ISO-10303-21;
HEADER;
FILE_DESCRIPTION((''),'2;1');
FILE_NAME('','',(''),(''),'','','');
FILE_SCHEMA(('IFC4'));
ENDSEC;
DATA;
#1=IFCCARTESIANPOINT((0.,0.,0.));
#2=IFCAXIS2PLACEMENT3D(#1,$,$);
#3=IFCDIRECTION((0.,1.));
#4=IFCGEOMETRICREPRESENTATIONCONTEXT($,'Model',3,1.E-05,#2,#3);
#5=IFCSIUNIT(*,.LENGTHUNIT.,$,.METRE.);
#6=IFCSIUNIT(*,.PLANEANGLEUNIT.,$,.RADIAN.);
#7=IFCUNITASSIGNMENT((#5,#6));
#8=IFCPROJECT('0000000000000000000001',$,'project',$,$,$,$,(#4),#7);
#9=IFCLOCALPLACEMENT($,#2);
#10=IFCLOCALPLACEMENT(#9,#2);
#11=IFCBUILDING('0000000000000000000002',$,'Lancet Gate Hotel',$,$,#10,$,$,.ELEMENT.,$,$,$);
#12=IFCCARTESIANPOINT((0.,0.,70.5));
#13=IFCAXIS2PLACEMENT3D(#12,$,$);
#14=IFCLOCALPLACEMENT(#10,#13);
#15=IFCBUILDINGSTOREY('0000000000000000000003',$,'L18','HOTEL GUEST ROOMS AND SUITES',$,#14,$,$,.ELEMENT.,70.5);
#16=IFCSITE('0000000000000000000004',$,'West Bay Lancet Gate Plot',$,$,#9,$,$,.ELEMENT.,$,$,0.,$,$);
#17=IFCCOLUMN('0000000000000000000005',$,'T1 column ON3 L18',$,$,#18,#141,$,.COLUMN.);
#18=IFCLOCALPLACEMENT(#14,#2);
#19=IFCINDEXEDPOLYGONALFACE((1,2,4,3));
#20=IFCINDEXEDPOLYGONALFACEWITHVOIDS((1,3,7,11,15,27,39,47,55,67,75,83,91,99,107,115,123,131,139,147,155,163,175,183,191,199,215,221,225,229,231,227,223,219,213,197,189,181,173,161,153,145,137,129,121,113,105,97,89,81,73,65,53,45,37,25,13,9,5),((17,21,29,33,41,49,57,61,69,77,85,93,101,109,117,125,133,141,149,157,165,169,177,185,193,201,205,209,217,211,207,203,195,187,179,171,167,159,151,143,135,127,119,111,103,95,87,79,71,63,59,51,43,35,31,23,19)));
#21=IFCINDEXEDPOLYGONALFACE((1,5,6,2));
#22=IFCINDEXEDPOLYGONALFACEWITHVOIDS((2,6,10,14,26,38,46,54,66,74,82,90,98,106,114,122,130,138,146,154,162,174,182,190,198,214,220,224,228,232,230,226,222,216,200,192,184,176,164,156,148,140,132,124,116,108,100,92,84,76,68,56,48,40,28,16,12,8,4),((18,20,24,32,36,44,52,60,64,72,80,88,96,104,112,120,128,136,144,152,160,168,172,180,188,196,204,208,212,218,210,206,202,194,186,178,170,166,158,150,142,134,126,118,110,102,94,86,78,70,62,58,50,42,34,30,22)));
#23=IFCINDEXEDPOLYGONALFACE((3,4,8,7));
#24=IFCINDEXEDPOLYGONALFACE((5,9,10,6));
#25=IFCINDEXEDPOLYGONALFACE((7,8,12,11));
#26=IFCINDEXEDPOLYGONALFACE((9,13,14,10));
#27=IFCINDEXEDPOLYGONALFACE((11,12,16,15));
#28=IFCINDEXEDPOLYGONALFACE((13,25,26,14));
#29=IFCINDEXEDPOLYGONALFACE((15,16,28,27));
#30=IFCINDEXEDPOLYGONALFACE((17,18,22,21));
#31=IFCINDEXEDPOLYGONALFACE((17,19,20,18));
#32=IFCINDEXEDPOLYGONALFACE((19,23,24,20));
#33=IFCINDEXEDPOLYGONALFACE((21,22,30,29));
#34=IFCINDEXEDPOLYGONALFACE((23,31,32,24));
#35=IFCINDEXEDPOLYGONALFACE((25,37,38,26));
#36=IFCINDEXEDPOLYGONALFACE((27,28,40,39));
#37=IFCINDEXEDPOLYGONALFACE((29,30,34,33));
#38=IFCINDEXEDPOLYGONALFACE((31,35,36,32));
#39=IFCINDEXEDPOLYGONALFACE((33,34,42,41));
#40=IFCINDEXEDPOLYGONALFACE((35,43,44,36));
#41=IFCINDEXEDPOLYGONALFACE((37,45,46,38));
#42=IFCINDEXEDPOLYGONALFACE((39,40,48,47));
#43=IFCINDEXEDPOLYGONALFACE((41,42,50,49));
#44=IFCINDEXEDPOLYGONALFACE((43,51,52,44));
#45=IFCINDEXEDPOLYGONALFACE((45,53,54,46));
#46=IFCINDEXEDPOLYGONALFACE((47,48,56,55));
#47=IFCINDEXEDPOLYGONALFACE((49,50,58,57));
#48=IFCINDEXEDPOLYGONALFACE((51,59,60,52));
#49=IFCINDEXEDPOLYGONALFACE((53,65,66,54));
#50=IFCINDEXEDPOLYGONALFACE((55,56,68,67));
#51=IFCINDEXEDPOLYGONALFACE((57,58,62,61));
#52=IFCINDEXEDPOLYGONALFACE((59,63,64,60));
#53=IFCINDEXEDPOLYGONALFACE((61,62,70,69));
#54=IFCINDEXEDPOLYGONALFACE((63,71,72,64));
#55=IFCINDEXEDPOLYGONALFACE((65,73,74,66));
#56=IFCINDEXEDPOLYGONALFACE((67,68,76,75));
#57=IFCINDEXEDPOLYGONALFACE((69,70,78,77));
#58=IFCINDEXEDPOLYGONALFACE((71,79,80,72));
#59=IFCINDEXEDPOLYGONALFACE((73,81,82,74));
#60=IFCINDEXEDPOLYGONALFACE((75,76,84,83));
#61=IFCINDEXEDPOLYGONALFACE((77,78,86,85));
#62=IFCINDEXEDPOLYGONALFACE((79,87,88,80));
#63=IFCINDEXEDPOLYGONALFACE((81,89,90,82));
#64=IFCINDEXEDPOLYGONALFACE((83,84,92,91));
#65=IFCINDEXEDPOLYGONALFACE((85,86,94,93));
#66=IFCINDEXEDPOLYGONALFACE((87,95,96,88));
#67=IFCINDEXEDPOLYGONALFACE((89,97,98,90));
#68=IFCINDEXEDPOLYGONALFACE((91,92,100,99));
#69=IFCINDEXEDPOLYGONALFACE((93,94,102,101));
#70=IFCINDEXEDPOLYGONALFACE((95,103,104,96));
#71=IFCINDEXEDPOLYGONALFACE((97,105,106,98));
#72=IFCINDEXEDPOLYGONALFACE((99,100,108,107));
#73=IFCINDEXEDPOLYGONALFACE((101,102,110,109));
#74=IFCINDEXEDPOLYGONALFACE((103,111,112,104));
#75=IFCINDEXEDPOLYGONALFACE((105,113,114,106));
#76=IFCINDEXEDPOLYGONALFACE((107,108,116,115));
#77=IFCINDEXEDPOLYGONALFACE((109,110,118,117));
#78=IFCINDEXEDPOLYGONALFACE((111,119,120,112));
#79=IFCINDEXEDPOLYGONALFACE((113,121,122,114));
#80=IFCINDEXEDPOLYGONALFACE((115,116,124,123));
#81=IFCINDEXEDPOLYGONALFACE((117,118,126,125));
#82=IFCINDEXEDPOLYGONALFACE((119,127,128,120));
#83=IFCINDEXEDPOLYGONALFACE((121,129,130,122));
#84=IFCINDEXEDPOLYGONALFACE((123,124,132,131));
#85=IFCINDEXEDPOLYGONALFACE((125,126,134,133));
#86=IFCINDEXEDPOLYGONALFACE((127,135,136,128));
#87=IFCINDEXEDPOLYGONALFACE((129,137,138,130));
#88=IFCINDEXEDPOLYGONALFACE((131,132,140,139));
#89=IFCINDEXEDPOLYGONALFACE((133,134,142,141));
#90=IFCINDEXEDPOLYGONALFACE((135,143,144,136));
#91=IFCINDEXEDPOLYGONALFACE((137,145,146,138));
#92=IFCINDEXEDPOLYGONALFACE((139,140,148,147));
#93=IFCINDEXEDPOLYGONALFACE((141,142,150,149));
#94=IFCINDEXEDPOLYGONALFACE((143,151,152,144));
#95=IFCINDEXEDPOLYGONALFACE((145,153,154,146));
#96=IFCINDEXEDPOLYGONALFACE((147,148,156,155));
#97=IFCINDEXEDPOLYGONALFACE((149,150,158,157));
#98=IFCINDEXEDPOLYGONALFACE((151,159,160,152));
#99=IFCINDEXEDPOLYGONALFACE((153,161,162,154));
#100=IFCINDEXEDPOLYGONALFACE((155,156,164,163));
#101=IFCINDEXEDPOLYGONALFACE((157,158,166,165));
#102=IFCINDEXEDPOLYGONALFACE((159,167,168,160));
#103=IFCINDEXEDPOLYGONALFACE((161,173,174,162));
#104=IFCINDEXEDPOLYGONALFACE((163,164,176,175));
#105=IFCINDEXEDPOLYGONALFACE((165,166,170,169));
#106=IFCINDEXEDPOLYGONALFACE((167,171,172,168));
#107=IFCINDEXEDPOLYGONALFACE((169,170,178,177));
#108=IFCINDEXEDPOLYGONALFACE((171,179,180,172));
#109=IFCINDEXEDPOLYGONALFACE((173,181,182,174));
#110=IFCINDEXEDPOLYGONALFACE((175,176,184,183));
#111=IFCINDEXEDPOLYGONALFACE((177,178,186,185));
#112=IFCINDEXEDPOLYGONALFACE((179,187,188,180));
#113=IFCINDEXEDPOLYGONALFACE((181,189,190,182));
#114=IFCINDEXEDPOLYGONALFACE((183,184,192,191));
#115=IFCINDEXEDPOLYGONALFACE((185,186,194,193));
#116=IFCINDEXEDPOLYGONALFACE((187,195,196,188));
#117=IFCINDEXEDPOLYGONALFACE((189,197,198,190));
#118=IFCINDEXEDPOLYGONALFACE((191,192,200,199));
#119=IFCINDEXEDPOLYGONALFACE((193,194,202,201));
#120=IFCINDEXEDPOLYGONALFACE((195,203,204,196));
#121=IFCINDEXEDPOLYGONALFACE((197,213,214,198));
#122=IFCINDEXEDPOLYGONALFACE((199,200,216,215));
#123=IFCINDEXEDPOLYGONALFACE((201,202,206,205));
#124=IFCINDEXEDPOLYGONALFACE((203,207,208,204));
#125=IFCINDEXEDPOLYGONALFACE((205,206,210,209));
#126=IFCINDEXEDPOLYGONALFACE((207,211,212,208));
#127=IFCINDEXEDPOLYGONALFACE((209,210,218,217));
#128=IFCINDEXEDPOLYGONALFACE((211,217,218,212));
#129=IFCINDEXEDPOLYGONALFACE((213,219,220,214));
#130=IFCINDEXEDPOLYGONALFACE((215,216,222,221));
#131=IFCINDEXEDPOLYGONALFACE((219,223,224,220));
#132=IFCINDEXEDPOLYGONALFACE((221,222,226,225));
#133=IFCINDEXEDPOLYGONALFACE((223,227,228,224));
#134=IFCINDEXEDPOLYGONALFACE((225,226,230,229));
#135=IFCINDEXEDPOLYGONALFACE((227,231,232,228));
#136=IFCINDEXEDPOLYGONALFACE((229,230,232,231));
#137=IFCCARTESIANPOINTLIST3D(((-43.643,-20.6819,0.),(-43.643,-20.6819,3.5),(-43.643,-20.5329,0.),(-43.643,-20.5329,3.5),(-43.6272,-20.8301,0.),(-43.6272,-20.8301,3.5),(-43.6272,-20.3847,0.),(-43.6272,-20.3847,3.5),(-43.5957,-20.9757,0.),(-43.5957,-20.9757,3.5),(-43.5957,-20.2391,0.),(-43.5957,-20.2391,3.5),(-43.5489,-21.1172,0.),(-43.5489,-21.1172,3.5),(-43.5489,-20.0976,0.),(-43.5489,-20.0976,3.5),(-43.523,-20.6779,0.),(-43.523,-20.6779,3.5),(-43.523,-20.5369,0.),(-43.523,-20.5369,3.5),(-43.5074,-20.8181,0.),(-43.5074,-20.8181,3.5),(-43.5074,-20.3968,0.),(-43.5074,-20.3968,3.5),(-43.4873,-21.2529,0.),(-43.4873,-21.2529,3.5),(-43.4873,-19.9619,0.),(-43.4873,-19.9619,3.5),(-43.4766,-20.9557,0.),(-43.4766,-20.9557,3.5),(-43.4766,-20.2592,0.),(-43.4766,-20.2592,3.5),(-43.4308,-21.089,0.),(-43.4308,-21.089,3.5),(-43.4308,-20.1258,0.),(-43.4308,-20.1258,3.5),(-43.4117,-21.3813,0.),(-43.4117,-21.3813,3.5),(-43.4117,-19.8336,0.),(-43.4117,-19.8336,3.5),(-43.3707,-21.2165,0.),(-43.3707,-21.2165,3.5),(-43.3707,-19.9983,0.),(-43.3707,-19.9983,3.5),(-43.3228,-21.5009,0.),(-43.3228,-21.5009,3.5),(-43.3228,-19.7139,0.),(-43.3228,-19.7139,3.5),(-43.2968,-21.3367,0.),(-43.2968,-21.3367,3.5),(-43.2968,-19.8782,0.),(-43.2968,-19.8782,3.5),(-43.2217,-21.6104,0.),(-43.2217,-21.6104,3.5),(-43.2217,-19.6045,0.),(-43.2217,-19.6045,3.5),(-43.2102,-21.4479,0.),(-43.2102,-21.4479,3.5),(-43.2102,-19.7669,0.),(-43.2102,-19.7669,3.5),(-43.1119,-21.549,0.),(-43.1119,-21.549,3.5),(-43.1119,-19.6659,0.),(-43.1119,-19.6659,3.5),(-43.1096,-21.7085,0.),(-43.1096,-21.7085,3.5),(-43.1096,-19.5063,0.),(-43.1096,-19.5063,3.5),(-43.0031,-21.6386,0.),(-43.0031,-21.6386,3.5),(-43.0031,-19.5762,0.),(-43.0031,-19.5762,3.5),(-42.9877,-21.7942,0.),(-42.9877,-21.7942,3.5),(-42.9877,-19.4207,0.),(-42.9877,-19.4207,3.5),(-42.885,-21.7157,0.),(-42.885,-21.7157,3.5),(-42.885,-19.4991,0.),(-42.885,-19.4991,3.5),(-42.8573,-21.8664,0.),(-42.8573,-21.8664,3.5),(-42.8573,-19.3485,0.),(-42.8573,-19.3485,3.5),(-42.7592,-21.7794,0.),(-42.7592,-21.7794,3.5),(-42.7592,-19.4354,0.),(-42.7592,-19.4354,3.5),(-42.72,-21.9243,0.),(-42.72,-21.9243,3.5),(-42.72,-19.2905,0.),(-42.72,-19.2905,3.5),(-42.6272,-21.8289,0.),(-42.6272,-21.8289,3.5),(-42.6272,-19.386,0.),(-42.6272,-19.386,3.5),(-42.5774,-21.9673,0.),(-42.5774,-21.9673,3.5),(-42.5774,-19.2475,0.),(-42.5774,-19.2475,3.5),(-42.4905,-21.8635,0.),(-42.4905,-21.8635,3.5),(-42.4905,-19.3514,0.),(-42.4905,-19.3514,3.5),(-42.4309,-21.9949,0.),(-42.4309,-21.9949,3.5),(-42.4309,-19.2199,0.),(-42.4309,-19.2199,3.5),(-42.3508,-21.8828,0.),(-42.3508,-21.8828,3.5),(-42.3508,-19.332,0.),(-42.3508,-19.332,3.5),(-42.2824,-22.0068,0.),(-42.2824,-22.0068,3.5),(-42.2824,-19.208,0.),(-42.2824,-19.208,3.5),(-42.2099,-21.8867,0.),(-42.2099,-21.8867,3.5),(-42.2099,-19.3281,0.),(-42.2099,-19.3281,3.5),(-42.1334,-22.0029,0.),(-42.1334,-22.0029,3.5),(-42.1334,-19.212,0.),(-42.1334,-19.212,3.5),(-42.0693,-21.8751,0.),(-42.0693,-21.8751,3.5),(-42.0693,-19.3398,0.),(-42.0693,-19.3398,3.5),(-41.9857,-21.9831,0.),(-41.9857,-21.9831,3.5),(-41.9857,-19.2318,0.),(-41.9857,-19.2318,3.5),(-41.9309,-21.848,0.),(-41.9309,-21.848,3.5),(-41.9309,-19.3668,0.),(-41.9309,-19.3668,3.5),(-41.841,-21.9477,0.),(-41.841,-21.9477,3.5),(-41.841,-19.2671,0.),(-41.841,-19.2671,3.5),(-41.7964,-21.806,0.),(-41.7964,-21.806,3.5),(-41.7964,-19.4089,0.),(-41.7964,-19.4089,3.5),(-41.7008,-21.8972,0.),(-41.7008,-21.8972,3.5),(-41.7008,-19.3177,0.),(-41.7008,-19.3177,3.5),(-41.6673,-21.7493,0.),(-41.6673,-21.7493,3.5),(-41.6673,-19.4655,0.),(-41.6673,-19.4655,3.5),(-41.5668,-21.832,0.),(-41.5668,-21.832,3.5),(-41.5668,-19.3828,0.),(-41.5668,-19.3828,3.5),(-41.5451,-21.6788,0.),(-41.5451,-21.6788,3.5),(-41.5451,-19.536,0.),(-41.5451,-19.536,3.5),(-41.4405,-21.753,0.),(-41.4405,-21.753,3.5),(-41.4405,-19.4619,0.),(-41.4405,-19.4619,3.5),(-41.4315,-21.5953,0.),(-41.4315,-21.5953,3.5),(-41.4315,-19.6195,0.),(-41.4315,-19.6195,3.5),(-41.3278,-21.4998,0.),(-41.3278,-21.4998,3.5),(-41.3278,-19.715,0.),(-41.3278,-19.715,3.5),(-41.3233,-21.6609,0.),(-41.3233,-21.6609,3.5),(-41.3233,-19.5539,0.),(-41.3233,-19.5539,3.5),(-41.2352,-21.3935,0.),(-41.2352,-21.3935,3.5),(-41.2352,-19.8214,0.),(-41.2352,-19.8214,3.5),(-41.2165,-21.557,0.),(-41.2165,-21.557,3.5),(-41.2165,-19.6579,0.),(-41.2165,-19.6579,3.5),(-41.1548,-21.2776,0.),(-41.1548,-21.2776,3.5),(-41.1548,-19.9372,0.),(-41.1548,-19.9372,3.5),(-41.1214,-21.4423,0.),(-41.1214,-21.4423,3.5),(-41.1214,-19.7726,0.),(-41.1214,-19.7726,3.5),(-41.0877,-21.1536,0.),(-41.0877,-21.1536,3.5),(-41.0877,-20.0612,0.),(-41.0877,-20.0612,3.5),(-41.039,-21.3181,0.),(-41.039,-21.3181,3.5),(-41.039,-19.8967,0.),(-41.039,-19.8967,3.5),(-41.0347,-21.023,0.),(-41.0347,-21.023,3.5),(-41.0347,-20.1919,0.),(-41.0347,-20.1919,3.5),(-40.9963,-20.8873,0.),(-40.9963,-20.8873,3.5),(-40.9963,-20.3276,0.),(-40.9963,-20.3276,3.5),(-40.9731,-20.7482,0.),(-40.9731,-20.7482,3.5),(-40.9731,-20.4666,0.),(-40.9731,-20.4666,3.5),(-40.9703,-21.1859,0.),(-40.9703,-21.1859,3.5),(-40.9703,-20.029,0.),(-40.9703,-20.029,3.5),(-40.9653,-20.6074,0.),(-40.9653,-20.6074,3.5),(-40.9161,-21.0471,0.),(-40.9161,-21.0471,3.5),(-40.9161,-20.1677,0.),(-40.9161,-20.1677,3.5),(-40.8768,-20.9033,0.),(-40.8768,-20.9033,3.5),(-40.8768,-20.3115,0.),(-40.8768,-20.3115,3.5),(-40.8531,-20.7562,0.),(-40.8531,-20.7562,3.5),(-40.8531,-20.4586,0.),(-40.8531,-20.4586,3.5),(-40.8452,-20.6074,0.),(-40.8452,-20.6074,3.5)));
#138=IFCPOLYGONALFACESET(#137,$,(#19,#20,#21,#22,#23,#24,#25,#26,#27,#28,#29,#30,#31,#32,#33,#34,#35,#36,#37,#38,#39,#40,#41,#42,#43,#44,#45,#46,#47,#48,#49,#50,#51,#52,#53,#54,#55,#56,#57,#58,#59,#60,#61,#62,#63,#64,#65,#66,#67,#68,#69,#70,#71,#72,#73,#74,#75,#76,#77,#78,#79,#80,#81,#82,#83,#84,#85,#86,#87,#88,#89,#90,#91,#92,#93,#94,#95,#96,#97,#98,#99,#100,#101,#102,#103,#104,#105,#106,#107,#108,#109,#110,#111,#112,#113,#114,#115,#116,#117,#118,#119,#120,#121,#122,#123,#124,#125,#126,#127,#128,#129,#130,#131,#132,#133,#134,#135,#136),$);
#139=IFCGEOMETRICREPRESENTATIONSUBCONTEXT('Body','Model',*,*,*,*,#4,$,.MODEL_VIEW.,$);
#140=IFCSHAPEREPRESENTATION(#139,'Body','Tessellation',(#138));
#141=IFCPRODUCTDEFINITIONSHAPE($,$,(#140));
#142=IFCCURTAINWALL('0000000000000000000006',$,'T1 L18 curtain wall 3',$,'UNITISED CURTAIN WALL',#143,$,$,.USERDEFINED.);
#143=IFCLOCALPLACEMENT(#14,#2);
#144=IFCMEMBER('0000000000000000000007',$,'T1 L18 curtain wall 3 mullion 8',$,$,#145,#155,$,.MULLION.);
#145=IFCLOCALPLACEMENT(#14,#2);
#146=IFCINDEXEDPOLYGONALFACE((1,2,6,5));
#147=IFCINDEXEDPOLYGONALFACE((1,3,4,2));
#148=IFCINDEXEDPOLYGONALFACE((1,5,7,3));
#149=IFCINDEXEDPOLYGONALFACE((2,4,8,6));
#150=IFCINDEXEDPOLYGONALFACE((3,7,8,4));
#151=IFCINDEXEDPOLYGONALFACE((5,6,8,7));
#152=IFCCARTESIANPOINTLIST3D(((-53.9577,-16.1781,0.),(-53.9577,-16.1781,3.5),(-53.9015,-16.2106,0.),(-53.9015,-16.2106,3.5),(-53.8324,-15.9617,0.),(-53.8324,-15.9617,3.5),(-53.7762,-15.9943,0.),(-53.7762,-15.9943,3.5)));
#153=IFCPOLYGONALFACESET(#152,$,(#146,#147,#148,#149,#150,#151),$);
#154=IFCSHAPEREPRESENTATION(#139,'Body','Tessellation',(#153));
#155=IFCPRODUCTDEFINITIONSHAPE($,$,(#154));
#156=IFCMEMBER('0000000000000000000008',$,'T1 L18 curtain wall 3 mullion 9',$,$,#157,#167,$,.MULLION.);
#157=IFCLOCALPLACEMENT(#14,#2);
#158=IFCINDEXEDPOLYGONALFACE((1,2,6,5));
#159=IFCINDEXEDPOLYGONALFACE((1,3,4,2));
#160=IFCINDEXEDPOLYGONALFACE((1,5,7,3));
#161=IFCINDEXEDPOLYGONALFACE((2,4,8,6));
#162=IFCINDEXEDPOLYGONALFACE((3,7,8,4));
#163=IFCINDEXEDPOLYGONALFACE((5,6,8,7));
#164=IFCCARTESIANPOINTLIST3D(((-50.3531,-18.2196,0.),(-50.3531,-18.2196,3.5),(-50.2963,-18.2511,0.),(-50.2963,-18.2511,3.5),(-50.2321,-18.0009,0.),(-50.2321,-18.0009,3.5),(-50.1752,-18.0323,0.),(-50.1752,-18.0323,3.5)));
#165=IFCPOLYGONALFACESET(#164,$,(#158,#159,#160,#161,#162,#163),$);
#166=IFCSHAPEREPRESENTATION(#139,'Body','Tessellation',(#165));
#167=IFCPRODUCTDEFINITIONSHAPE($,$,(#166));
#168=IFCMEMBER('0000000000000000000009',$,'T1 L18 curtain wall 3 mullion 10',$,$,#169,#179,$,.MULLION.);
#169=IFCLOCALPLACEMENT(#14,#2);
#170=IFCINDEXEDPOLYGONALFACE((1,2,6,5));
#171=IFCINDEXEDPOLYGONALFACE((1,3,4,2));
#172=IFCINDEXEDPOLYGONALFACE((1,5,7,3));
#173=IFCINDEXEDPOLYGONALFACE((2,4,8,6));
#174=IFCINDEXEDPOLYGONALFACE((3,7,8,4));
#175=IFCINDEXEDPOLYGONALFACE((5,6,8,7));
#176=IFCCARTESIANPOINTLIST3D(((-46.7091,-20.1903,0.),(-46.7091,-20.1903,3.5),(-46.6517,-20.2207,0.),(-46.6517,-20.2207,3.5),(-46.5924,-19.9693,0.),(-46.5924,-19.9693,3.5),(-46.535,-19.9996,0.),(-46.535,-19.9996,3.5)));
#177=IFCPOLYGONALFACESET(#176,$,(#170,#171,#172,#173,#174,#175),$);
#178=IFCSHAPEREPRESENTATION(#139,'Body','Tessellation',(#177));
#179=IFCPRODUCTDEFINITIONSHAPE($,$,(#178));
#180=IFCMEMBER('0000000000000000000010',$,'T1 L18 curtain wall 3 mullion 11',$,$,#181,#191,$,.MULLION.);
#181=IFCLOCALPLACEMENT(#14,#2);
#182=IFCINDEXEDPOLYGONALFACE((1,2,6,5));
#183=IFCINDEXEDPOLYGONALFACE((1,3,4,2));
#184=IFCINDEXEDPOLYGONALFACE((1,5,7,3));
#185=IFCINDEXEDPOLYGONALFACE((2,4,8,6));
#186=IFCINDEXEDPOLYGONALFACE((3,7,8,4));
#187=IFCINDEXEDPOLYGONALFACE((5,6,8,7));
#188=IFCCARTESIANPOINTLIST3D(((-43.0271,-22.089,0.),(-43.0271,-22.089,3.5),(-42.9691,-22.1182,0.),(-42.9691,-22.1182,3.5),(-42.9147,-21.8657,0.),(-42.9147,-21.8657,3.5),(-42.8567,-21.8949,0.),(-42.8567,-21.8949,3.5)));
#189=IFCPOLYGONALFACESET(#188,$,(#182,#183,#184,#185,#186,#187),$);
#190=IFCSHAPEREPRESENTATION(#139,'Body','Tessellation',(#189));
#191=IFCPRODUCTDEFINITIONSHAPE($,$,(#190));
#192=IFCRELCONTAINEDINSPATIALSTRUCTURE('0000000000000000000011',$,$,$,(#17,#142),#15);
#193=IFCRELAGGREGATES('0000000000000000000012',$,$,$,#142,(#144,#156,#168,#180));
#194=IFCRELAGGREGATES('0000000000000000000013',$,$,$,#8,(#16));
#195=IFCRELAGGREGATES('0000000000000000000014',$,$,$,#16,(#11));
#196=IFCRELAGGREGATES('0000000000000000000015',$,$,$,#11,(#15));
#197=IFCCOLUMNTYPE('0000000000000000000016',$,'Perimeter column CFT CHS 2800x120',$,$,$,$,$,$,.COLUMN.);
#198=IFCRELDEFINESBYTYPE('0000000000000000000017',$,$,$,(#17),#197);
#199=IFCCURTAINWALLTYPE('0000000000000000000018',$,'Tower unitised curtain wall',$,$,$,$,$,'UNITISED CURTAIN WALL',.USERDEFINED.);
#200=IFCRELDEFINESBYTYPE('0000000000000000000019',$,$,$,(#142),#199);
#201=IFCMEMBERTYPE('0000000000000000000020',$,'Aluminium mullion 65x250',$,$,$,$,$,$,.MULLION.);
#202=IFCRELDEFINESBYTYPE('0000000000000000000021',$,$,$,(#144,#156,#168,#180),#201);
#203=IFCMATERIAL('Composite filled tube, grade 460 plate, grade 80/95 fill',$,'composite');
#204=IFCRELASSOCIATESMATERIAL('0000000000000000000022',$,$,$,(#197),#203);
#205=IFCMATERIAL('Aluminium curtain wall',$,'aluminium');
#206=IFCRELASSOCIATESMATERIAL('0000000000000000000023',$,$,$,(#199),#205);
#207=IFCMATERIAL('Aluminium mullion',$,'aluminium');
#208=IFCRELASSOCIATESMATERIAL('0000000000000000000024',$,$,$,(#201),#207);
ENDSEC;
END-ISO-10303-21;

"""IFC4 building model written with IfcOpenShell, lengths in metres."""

from ifc_helpers import new_model, si_unit, direction, frame, origin, origin_2d, place, context, subcontext, project, spatial, rectangle, hollow_circle, extrude, material, material_profile, profile_set, type_object, element, aggregate, save


model = new_model("IFC4")

# Units and contexts
model_context = context("Model", 3, precision=1e-05, world=origin(), true_north=direction((0.0, 1.0)))
body_context = subcontext(model_context, "Body", "Model", "MODEL_VIEW")
ifc_project = project(units=[si_unit("LENGTHUNIT", "METRE"), si_unit("PLANEANGLEUNIT", "RADIAN")], contexts=[model_context])

# Site, building, storey
site_placement = place(None, origin())
site = spatial("IfcSite", under=ifc_project, at=site_placement, Name="West Bay Lancet Gate Plot", CompositionType="ELEMENT", RefElevation=0.0)
building_placement = place(site_placement, origin())
building = spatial("IfcBuilding", under=site, at=building_placement, Name="Lancet Gate Hotel", CompositionType="ELEMENT")
storey_placement = place(building_placement, frame((0.0, 0.0, 70.5)))
storey = spatial("IfcBuildingStorey", under=building, at=storey_placement, Name="L18", Description="HOTEL GUEST ROOMS AND SUITES", CompositionType="ELEMENT", Elevation=70.5)

# Column
ifc_material_1 = material(Name="Composite filled tube, grade 460 plate, grade 80/95 fill", Category="composite")
ifc_material_profile_1 = material_profile(ifc_material_1, hollow_circle(Radius=1.3999, WallThickness=0.1201, at=origin_2d()), Name="CHS 2800x120")
ifc_profile_set_1 = profile_set([ifc_material_profile_1], Name="Composite filled tube, grade 460 plate, grade 80/95 fill")
column_type = type_object("IfcColumnType", Name="Perimeter column CFT CHS 2800x120", PredefinedType="COLUMN", material=ifc_profile_set_1)
for number, where, z_axis, x_axis, name in (
    (1, (-42.2451, -20.6074, 0.0), (0.0, 0.0, 1.0), (1.0, 0.0, 0.0), "T1 column ON3 L18"),
):
    element("IfcColumn", number, at=place(storey_placement, frame(where, z_axis=z_axis, x_axis=x_axis)), inside=storey, type_object=column_type, Name=name, PredefinedType="COLUMN", context=body_context, shape_type="SweptSolid", body=[
        extrude(hollow_circle(Radius=1.3999, WallThickness=0.1201, at=origin_2d()), origin(), (0.0, 0.0, 1.0), 3.5),
    ])

# Curtain wall, members
ifc_material_2 = material(Name="Aluminium curtain wall", Category="aluminium")
curtain_wall_type = type_object("IfcCurtainWallType", Name="Tower unitised curtain wall", ElementType="UNITISED CURTAIN WALL", PredefinedType="USERDEFINED", material=ifc_material_2)
curtain_wall_placement = place(storey_placement, origin())
curtain_wall = element("IfcCurtainWall", 2, at=curtain_wall_placement, inside=storey, type_object=curtain_wall_type, Name="T1 L18 curtain wall 3", ObjectType="UNITISED CURTAIN WALL", PredefinedType="USERDEFINED")
ifc_material_3 = material(Name="Aluminium mullion", Category="aluminium")
ifc_material_profile_2 = material_profile(ifc_material_3, rectangle(XDim=0.0649, YDim=0.25, at=origin_2d()), Name="MULLION 65x250")
ifc_profile_set_2 = profile_set([ifc_material_profile_2], Name="Aluminium mullion")
member_type_1 = type_object("IfcMemberType", Name="Aluminium mullion 65x250", PredefinedType="MULLION", material=ifc_profile_set_2)
member_1_placement = place(storey_placement, frame((-53.8669, -16.0862, 0.0), z_axis=(0.0, 0.0, 1.0), x_axis=(0.865335, -0.501194, 0.0)))
member_1 = element("IfcMember", 3, at=member_1_placement, type_object=member_type_1, Name="T1 L18 curtain wall 3 mullion 8", PredefinedType="MULLION", context=body_context, shape_type="SweptSolid", body=[
    extrude(rectangle(XDim=0.0649, YDim=0.25, at=origin_2d()), origin(), (0.0, 0.0, 1.0), 3.5),
])
member_2_placement = place(storey_placement, frame((-50.2642, -18.126, 0.0), z_axis=(0.0, 0.0, 1.0), x_axis=(0.874991, -0.484139, 0.0)))
member_2 = element("IfcMember", 4, at=member_2_placement, type_object=member_type_1, Name="T1 L18 curtain wall 3 mullion 9", PredefinedType="MULLION", context=body_context, shape_type="SweptSolid", body=[
    extrude(rectangle(XDim=0.0649, YDim=0.25, at=origin_2d()), origin(), (0.0, 0.0, 1.0), 3.5),
])
member_3_placement = place(storey_placement, frame((-46.6221, -20.095, 0.0), z_axis=(0.0, 0.0, 1.0), x_axis=(0.884311, -0.466898, 0.0)))
member_3 = element("IfcMember", 5, at=member_3_placement, type_object=member_type_1, Name="T1 L18 curtain wall 3 mullion 10", PredefinedType="MULLION", context=body_context, shape_type="SweptSolid", body=[
    extrude(rectangle(XDim=0.0649, YDim=0.25, at=origin_2d()), origin(), (0.0, 0.0, 1.0), 3.5),
])
member_4_placement = place(storey_placement, frame((-42.9419, -21.9919, 0.0), z_axis=(0.0, 0.0, 1.0), x_axis=(0.893292, -0.449478, 0.0)))
member_4 = element("IfcMember", 6, at=member_4_placement, type_object=member_type_1, Name="T1 L18 curtain wall 3 mullion 11", PredefinedType="MULLION", context=body_context, shape_type="SweptSolid", body=[
    extrude(rectangle(XDim=0.0649, YDim=0.25, at=origin_2d()), origin(), (0.0, 0.0, 1.0), 3.5),
])

aggregate(curtain_wall, [member_1, member_2, member_3, member_4])

save(model, "model.ifc")
